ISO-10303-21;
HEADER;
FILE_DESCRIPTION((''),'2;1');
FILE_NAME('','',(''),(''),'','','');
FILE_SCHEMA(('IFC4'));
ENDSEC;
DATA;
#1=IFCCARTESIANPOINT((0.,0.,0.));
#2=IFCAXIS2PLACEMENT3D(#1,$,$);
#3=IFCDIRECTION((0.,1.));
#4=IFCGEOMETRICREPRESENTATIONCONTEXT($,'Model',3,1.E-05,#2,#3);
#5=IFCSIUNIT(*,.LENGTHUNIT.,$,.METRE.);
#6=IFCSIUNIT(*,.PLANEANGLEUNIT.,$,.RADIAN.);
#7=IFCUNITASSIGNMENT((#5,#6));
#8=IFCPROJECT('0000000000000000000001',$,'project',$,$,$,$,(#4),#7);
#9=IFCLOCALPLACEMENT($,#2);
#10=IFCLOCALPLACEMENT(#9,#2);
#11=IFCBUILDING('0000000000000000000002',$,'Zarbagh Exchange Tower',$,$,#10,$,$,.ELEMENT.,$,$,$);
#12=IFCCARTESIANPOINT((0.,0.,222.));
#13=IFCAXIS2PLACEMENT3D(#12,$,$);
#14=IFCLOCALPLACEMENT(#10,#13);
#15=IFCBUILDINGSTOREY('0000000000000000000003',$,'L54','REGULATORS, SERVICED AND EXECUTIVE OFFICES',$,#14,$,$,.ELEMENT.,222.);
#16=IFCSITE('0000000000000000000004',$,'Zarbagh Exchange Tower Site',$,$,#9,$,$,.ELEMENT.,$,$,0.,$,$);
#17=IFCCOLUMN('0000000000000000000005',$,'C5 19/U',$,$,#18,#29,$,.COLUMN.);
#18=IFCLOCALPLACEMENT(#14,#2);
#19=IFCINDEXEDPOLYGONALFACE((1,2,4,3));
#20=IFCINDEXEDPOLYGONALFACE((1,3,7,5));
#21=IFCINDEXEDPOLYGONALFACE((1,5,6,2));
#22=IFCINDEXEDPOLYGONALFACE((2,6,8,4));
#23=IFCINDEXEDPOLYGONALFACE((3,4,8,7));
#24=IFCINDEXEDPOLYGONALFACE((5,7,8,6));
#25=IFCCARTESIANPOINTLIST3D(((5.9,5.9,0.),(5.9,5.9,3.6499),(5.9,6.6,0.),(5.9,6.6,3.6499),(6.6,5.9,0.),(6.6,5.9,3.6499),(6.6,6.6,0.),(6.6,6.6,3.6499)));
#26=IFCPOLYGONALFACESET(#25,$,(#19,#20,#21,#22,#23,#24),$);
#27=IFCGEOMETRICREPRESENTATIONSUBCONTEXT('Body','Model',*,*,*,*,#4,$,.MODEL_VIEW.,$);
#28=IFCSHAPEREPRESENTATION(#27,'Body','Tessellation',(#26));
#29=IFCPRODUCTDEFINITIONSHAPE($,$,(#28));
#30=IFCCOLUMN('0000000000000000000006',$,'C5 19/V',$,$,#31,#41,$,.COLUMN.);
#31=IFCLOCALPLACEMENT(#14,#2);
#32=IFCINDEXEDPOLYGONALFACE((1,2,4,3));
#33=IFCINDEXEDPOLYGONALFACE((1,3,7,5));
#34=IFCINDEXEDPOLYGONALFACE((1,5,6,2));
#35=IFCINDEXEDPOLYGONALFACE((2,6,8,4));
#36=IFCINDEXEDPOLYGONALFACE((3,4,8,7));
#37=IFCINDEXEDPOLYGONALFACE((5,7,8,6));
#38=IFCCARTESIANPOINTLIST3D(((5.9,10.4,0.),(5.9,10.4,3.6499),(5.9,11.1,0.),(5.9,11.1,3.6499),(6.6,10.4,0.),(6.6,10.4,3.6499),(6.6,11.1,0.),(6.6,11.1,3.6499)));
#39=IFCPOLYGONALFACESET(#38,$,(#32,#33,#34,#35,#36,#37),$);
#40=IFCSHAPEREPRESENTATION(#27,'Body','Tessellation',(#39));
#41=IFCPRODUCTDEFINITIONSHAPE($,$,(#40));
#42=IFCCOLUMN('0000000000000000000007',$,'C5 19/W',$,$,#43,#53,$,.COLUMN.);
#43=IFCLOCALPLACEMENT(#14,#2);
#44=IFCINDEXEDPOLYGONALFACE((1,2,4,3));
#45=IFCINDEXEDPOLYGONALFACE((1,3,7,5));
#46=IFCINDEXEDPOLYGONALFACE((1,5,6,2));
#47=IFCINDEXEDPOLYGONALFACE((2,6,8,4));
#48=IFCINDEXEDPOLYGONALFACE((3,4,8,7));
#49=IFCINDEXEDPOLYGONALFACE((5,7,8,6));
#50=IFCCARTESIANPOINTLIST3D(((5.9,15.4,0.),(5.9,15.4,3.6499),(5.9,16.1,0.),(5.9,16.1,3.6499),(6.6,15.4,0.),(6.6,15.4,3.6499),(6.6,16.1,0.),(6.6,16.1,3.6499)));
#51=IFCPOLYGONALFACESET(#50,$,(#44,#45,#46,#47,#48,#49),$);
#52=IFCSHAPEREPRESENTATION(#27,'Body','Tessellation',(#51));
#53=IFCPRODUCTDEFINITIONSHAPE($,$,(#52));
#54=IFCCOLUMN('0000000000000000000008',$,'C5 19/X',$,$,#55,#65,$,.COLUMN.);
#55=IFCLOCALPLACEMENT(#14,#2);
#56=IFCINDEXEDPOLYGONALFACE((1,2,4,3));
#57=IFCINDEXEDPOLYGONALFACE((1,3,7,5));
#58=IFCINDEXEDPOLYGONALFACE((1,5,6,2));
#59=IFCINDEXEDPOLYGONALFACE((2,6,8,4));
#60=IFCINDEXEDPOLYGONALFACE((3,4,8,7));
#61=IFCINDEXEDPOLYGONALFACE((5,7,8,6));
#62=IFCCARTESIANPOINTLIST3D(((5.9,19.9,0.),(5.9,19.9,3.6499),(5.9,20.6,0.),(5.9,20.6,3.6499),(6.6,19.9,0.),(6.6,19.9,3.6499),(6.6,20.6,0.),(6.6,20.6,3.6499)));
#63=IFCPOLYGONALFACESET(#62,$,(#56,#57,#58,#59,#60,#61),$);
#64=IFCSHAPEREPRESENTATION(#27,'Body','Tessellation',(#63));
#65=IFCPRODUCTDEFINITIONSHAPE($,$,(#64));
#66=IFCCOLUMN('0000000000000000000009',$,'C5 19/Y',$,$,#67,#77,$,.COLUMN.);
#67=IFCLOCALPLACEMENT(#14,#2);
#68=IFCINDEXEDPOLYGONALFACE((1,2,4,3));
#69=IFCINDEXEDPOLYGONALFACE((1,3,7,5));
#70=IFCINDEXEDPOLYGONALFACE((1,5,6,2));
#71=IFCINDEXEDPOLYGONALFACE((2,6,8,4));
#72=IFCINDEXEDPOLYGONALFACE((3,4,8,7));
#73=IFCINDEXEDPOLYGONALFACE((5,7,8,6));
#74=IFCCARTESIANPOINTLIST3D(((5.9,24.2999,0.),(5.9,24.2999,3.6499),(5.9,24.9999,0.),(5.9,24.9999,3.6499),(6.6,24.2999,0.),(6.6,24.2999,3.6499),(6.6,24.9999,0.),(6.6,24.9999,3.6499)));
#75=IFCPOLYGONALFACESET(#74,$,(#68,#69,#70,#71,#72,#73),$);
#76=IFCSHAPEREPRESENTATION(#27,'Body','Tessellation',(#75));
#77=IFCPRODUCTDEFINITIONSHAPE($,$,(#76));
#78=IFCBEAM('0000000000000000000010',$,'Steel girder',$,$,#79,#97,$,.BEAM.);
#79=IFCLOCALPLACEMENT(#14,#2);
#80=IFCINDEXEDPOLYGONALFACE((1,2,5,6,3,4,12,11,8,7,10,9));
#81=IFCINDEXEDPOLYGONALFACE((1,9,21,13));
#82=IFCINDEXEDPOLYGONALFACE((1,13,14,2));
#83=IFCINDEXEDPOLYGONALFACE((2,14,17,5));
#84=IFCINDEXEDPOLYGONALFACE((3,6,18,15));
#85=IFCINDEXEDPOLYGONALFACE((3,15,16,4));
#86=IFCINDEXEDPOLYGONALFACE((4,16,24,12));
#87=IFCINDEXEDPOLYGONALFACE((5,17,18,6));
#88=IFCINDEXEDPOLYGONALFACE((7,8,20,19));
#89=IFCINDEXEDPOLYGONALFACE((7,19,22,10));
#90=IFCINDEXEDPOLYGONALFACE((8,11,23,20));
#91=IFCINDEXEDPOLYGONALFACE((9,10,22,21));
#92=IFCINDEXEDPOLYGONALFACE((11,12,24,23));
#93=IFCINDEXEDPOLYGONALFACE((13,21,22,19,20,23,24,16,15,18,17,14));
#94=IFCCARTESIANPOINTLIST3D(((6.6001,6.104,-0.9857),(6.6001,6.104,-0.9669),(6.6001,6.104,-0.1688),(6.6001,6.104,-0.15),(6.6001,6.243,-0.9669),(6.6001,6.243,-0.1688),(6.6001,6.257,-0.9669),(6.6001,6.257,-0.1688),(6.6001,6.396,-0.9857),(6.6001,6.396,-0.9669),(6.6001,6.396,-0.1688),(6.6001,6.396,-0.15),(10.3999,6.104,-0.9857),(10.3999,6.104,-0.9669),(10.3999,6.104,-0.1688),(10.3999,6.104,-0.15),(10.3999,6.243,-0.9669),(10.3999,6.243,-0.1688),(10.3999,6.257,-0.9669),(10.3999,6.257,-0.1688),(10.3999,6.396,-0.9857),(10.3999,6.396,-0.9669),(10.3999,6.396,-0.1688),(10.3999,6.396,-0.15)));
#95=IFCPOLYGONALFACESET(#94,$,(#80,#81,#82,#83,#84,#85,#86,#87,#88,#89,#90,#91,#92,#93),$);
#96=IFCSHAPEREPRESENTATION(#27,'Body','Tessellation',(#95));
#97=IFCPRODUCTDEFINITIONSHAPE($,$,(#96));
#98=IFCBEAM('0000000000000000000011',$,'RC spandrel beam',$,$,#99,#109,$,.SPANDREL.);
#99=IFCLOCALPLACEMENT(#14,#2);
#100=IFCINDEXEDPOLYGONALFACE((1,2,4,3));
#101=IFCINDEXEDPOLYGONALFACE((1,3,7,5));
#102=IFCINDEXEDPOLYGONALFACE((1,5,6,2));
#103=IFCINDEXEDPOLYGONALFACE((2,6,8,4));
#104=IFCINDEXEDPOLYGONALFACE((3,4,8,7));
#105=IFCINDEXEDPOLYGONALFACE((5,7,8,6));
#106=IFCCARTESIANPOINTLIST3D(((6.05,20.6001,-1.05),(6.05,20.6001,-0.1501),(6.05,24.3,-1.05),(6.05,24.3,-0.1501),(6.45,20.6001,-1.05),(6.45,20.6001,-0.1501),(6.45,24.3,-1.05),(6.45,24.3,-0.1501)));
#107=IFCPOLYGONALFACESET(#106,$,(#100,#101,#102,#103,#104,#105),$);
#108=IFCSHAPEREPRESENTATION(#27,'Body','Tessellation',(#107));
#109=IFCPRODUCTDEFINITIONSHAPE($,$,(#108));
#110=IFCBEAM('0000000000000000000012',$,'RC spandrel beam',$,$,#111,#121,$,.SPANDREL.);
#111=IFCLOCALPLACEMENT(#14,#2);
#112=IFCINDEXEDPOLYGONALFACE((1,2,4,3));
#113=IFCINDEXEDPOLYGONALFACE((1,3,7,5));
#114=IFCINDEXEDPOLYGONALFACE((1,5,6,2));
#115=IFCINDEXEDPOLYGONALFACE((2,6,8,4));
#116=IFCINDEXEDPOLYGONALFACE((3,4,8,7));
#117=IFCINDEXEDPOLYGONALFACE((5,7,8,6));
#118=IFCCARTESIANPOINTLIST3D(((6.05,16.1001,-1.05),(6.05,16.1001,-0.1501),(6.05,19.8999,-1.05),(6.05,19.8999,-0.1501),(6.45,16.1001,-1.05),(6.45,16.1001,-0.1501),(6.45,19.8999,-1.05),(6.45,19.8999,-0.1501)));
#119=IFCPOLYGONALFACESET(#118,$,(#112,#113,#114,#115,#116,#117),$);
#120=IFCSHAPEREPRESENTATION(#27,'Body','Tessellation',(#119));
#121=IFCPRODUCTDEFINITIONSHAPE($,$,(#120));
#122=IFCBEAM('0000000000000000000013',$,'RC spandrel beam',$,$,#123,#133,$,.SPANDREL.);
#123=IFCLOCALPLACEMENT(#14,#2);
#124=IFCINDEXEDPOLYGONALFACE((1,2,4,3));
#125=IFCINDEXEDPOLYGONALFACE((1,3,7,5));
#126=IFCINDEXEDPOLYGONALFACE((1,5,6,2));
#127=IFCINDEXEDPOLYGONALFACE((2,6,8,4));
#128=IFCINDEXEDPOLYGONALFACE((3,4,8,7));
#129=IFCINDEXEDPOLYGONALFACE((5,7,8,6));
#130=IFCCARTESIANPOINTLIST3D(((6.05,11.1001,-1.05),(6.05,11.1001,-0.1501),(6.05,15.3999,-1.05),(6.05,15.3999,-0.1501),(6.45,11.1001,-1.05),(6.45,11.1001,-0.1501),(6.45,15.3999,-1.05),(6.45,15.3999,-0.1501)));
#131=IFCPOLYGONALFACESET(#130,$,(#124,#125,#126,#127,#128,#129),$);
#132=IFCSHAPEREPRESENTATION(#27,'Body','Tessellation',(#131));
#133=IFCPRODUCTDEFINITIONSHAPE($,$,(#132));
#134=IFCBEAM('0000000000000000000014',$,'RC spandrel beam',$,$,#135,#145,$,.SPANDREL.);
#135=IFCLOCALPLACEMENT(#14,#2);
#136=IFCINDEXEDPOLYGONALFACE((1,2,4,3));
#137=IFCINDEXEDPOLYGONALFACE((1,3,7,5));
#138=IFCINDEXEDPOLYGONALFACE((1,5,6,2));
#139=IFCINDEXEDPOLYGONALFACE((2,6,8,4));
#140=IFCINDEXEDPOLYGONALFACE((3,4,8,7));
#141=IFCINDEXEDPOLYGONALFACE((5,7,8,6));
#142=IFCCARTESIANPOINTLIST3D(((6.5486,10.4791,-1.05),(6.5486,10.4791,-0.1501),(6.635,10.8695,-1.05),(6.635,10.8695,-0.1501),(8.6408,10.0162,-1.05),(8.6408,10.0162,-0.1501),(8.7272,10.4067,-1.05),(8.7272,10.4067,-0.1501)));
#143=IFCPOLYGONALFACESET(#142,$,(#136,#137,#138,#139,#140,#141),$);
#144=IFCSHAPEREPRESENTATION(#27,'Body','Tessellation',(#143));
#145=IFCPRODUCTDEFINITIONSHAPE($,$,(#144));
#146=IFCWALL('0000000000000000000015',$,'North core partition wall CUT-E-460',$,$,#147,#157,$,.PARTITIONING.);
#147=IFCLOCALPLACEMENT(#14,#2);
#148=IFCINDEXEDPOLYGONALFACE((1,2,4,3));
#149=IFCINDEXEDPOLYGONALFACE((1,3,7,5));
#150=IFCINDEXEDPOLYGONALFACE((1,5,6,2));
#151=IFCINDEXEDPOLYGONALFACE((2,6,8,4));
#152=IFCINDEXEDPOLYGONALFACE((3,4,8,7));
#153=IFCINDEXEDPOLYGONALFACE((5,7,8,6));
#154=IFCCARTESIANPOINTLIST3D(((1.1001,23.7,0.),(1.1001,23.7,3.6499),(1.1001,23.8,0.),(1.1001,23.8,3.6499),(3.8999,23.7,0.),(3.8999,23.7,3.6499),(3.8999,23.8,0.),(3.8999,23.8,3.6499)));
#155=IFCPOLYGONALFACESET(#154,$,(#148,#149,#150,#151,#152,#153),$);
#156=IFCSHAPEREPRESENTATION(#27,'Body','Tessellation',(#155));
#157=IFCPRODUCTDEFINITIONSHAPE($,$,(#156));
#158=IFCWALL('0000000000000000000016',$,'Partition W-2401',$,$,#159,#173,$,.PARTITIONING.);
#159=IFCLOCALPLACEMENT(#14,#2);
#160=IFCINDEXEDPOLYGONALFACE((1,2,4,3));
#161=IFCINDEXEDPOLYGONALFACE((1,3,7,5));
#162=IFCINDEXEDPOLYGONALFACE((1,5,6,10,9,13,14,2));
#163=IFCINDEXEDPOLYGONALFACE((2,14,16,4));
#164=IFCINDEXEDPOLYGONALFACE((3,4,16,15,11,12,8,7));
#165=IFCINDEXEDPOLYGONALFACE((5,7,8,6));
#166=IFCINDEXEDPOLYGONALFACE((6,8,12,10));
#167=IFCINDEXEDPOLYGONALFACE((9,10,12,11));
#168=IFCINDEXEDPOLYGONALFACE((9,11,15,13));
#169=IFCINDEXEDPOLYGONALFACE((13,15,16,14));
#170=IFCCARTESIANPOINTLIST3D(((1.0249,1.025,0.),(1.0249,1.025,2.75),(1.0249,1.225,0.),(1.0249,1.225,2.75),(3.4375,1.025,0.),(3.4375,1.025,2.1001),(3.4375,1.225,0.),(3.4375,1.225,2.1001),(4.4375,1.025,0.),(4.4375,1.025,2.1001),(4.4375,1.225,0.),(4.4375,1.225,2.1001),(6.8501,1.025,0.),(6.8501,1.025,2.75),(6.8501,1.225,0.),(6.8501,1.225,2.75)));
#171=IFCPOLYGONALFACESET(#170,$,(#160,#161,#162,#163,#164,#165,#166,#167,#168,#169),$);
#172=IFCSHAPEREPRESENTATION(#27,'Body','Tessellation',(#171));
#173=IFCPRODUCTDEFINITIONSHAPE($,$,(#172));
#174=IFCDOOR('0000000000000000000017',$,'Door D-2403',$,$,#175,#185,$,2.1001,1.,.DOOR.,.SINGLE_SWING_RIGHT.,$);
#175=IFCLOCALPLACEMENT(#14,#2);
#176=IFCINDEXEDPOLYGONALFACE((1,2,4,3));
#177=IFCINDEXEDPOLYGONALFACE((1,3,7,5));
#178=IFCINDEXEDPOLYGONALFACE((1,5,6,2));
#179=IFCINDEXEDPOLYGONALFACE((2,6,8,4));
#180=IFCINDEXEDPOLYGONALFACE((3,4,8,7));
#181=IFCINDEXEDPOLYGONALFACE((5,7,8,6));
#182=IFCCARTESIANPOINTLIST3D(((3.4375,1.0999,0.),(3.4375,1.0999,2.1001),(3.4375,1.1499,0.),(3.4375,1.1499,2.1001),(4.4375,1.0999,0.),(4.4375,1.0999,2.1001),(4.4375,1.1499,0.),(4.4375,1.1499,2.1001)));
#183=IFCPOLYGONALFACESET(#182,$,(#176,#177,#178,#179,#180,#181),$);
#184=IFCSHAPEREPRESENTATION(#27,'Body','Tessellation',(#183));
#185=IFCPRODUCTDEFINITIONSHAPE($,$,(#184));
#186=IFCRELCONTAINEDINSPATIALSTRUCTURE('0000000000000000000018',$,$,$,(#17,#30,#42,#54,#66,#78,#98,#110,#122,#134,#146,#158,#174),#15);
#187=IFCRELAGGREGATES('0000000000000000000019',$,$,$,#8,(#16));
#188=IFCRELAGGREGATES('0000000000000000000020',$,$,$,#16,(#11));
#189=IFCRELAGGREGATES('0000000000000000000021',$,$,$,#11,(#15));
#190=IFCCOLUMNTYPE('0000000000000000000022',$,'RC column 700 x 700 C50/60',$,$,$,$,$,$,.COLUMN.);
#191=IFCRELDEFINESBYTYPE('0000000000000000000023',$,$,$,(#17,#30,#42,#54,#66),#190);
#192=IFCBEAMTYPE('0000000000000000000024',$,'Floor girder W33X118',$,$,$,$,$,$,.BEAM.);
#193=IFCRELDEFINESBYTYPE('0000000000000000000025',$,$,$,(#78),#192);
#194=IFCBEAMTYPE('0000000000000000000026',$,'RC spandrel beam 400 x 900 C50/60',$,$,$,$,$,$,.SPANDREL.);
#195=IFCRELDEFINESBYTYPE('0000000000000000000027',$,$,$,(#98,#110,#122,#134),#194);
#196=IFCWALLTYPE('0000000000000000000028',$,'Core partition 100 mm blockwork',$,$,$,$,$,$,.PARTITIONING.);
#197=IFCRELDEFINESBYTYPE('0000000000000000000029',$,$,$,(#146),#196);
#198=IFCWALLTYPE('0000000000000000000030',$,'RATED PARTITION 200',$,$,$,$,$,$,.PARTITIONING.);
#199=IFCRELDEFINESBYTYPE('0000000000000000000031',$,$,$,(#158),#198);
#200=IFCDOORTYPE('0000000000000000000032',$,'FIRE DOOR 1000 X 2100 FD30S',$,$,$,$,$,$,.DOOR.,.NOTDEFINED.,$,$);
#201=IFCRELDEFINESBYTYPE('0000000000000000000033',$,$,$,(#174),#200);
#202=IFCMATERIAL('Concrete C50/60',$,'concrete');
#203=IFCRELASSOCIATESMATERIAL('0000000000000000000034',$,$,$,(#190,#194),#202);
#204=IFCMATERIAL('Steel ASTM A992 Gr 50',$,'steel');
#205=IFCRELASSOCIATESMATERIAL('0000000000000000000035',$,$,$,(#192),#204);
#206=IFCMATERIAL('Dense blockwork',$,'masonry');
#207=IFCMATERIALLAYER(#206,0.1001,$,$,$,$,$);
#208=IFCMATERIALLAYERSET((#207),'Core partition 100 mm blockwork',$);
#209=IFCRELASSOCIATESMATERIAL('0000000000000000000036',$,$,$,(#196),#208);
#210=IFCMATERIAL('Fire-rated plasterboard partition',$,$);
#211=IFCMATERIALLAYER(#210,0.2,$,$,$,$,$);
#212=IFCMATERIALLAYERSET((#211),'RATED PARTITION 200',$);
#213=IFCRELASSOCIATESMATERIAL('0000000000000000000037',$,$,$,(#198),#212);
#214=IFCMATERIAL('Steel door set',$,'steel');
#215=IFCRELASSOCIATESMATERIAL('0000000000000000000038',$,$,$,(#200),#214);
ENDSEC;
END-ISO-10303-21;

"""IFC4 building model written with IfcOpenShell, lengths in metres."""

from ifc_helpers import new_model, si_unit, direction, frame, frame_2d, origin, origin_2d, place, context, subcontext, project, spatial, rectangle, i_section, extrude, material, layer, layer_set, material_profile, profile_set, type_object, element, fill, save


model = new_model("IFC4")

# Units and contexts
model_context = context("Model", 3, precision=1e-05, world=origin(), true_north=direction((0.0, 1.0)))
body_context = subcontext(model_context, "Body", "Model", "MODEL_VIEW")
ifc_project = project(units=[si_unit("LENGTHUNIT", "METRE"), si_unit("PLANEANGLEUNIT", "RADIAN")], contexts=[model_context])

# Site, building, storey
site_placement = place(None, origin())
site = spatial("IfcSite", under=ifc_project, at=site_placement, Name="Zarbagh Exchange Tower Site", CompositionType="ELEMENT", RefElevation=0.0)
building_placement = place(site_placement, origin())
building = spatial("IfcBuilding", under=site, at=building_placement, Name="Zarbagh Exchange Tower", CompositionType="ELEMENT")
storey_placement = place(building_placement, frame((0.0, 0.0, 222.0)))
storey = spatial("IfcBuildingStorey", under=building, at=storey_placement, Name="L54", Description="REGULATORS, SERVICED AND EXECUTIVE OFFICES", CompositionType="ELEMENT", Elevation=222.0)

# Columns
ifc_material_1 = material(Name="Concrete C50/60", Category="concrete")
ifc_material_profile_1 = material_profile(ifc_material_1, rectangle(XDim=0.7, YDim=0.7, at=origin_2d()), Name="RC column 700 x 700 C50/60")
ifc_profile_set_1 = profile_set([ifc_material_profile_1], Name="Concrete C50/60")
column_type = type_object("IfcColumnType", Name="RC column 700 x 700 C50/60", PredefinedType="COLUMN", material=ifc_profile_set_1)
for number, where, z_axis, x_axis, name in (
    (1, (6.25, 6.25, 0.0), (0.0, 0.0, 1.0), (1.0, 0.0, 0.0), "C5 19/U"),
    (2, (6.25, 10.75, 0.0), (0.0, 0.0, 1.0), (1.0, 0.0, 0.0), "C5 19/V"),
    (3, (6.25, 15.75, 0.0), (0.0, 0.0, 1.0), (1.0, 0.0, 0.0), "C5 19/W"),
    (4, (6.25, 20.25, 0.0), (0.0, 0.0, 1.0), (1.0, 0.0, 0.0), "C5 19/X"),
    (5, (6.25, 24.6499, 0.0), (0.0, 0.0, 1.0), (1.0, 0.0, 0.0), "C5 19/Y"),
):
    element("IfcColumn", number, at=place(storey_placement, frame(where, z_axis=z_axis, x_axis=x_axis)), inside=storey, type_object=column_type, Name=name, PredefinedType="COLUMN", context=body_context, shape_type="SweptSolid", body=[
        extrude(rectangle(XDim=0.7, YDim=0.7, at=origin_2d()), origin(), (0.0, 0.0, 1.0), 3.6499),
    ])

# Beams
ifc_material_2 = material(Name="Steel ASTM A992 Gr 50", Category="steel")
ifc_material_profile_2 = material_profile(ifc_material_2, i_section(OverallWidth=0.292, OverallDepth=0.8357, WebThickness=0.0139, FlangeThickness=0.0188, at=origin_2d()), Name="W33X118")
ifc_profile_set_2 = profile_set([ifc_material_profile_2], Name="Steel ASTM A992 Gr 50")
beam_type_1 = type_object("IfcBeamType", Name="Floor girder W33X118", PredefinedType="BEAM", material=ifc_profile_set_2)
beam_1_placement = place(storey_placement, frame((6.6001, 6.25, -0.5679), z_axis=(1.0, 0.0, 0.0), x_axis=(0.0, 1.0, 0.0)))
element("IfcBeam", 6, at=beam_1_placement, inside=storey, type_object=beam_type_1, Name="Steel girder", PredefinedType="BEAM", context=body_context, shape_type="SweptSolid", body=[
    extrude(i_section(OverallWidth=0.292, OverallDepth=0.8357, WebThickness=0.0139, FlangeThickness=0.0188, at=origin_2d()), origin(), (0.0, 0.0, 1.0), 3.7998),
])
ifc_material_profile_3 = material_profile(ifc_material_1, rectangle(XDim=0.3999, YDim=0.8999, at=origin_2d()), Name="RC spandrel beam 400 x 900 C50/60")
ifc_profile_set_3 = profile_set([ifc_material_profile_3], Name="Concrete C50/60")
beam_type_2 = type_object("IfcBeamType", Name="RC spandrel beam 400 x 900 C50/60", PredefinedType="SPANDREL", material=ifc_profile_set_3)
beam_2_placement = place(storey_placement, frame((6.25, 24.3, -0.6001), z_axis=(0.0, -1.0, 0.0), x_axis=(1.0, 0.0, 0.0)))
element("IfcBeam", 7, at=beam_2_placement, inside=storey, type_object=beam_type_2, Name="RC spandrel beam", PredefinedType="SPANDREL", context=body_context, shape_type="SweptSolid", body=[
    extrude(rectangle(XDim=0.3999, YDim=0.8999, at=origin_2d()), origin(), (0.0, 0.0, 1.0), 3.7),
])
beam_3_placement = place(storey_placement, frame((6.25, 19.8999, -0.6001), z_axis=(0.0, -1.0, 0.0), x_axis=(1.0, 0.0, 0.0)))
element("IfcBeam", 8, at=beam_3_placement, inside=storey, type_object=beam_type_2, Name="RC spandrel beam", PredefinedType="SPANDREL", context=body_context, shape_type="SweptSolid", body=[
    extrude(rectangle(XDim=0.3999, YDim=0.8999, at=origin_2d()), origin(), (0.0, 0.0, 1.0), 3.7998),
])
beam_4_placement = place(storey_placement, frame((6.25, 15.3999, -0.6001), z_axis=(0.0, -1.0, 0.0), x_axis=(1.0, 0.0, 0.0)))
element("IfcBeam", 9, at=beam_4_placement, inside=storey, type_object=beam_type_2, Name="RC spandrel beam", PredefinedType="SPANDREL", context=body_context, shape_type="SweptSolid", body=[
    extrude(rectangle(XDim=0.3999, YDim=0.8999, at=origin_2d()), origin(), (0.0, 0.0, 1.0), 4.2998),
])
beam_5_placement = place(storey_placement, frame((6.5918, 10.6743, -0.6001), z_axis=(0.97639, -0.216014, 0.0), x_axis=(0.216014, 0.97639, 0.0)))
element("IfcBeam", 10, at=beam_5_placement, inside=storey, type_object=beam_type_2, Name="RC spandrel beam", PredefinedType="SPANDREL", context=body_context, shape_type="SweptSolid", body=[
    extrude(rectangle(XDim=0.3999, YDim=0.8999, at=origin_2d()), origin(), (0.0, 0.0, 1.0), 2.1428),
])

# Wall
ifc_material_3 = material(Name="Dense blockwork", Category="masonry")
ifc_layer_1 = layer(ifc_material_3, 0.1001)
ifc_layer_set_1 = layer_set([ifc_layer_1], Name="Core partition 100 mm blockwork")
wall_type_1 = type_object("IfcWallType", Name="Core partition 100 mm blockwork", PredefinedType="PARTITIONING", material=ifc_layer_set_1)
wall_1_placement = place(storey_placement, frame((1.1001, 23.75, 0.0), z_axis=(0.0, 0.0, 1.0), x_axis=(1.0, 0.0, 0.0)))
element("IfcWall", 11, at=wall_1_placement, inside=storey, type_object=wall_type_1, Name="North core partition wall CUT-E-460", PredefinedType="PARTITIONING", context=body_context, shape_type="SweptSolid", body=[
    extrude(rectangle(XDim=2.7998, YDim=0.1001, at=frame_2d((1.3999, 0.0))), origin(), (0.0, 0.0, 1.0), 3.6499),
])

# Wall, opening, door
ifc_material_4 = material(Name="Fire-rated plasterboard partition")
ifc_layer_2 = layer(ifc_material_4, 0.2)
ifc_layer_set_2 = layer_set([ifc_layer_2], Name="RATED PARTITION 200")
wall_type_2 = type_object("IfcWallType", Name="RATED PARTITION 200", PredefinedType="PARTITIONING", material=ifc_layer_set_2)
wall_2_placement = place(storey_placement, frame((1.0249, 1.125, 0.0), z_axis=(0.0, 0.0, 1.0), x_axis=(1.0, 0.0, 0.0)))
wall_2 = element("IfcWall", 12, at=wall_2_placement, inside=storey, type_object=wall_type_2, Name="Partition W-2401", PredefinedType="PARTITIONING", context=body_context, shape_type="SweptSolid", body=[
    extrude(rectangle(XDim=5.8252, YDim=0.2, at=frame_2d((2.9126, 0.0))), origin(), (0.0, 0.0, 1.0), 2.75),
])
opening_1_placement = place(wall_2_placement, frame((2.4126, 0.0, 0.0)))
opening_1 = element("IfcOpeningElement", 13, at=opening_1_placement, cuts=wall_2, PredefinedType="OPENING", context=body_context, shape_type="SweptSolid", body=[
    extrude(rectangle(XDim=1.0, YDim=2.1001, at=frame_2d((0.5, 1.05))), frame((0.0, 0.1099, 0.0), z_axis=(0.0, -1.0, 0.0), x_axis=(1.0, 0.0, 0.0)), (0.0, 0.0, 1.0), 0.22),
])
ifc_material_5 = material(Name="Steel door set", Category="steel")
door_type_1 = type_object("IfcDoorType", Name="FIRE DOOR 1000 X 2100 FD30S", OperationType="NOTDEFINED", PredefinedType="DOOR", material=ifc_material_5)
door_1_placement = place(opening_1_placement, origin())
door_1 = element("IfcDoor", 14, at=door_1_placement, inside=storey, type_object=door_type_1, Name="Door D-2403", OperationType="SINGLE_SWING_RIGHT", OverallHeight=2.1001, OverallWidth=1.0, PredefinedType="DOOR", context=body_context, shape_type="SweptSolid", body=[
    extrude(rectangle(XDim=1.0, YDim=2.1001, at=frame_2d((0.5, 1.05))), frame((0.0, 0.0249, 0.0), z_axis=(0.0, -1.0, 0.0), x_axis=(1.0, 0.0, 0.0)), (0.0, 0.0, 1.0), 0.05),
])
fill(opening_1, door_1)

save(model, "model.ifc")
